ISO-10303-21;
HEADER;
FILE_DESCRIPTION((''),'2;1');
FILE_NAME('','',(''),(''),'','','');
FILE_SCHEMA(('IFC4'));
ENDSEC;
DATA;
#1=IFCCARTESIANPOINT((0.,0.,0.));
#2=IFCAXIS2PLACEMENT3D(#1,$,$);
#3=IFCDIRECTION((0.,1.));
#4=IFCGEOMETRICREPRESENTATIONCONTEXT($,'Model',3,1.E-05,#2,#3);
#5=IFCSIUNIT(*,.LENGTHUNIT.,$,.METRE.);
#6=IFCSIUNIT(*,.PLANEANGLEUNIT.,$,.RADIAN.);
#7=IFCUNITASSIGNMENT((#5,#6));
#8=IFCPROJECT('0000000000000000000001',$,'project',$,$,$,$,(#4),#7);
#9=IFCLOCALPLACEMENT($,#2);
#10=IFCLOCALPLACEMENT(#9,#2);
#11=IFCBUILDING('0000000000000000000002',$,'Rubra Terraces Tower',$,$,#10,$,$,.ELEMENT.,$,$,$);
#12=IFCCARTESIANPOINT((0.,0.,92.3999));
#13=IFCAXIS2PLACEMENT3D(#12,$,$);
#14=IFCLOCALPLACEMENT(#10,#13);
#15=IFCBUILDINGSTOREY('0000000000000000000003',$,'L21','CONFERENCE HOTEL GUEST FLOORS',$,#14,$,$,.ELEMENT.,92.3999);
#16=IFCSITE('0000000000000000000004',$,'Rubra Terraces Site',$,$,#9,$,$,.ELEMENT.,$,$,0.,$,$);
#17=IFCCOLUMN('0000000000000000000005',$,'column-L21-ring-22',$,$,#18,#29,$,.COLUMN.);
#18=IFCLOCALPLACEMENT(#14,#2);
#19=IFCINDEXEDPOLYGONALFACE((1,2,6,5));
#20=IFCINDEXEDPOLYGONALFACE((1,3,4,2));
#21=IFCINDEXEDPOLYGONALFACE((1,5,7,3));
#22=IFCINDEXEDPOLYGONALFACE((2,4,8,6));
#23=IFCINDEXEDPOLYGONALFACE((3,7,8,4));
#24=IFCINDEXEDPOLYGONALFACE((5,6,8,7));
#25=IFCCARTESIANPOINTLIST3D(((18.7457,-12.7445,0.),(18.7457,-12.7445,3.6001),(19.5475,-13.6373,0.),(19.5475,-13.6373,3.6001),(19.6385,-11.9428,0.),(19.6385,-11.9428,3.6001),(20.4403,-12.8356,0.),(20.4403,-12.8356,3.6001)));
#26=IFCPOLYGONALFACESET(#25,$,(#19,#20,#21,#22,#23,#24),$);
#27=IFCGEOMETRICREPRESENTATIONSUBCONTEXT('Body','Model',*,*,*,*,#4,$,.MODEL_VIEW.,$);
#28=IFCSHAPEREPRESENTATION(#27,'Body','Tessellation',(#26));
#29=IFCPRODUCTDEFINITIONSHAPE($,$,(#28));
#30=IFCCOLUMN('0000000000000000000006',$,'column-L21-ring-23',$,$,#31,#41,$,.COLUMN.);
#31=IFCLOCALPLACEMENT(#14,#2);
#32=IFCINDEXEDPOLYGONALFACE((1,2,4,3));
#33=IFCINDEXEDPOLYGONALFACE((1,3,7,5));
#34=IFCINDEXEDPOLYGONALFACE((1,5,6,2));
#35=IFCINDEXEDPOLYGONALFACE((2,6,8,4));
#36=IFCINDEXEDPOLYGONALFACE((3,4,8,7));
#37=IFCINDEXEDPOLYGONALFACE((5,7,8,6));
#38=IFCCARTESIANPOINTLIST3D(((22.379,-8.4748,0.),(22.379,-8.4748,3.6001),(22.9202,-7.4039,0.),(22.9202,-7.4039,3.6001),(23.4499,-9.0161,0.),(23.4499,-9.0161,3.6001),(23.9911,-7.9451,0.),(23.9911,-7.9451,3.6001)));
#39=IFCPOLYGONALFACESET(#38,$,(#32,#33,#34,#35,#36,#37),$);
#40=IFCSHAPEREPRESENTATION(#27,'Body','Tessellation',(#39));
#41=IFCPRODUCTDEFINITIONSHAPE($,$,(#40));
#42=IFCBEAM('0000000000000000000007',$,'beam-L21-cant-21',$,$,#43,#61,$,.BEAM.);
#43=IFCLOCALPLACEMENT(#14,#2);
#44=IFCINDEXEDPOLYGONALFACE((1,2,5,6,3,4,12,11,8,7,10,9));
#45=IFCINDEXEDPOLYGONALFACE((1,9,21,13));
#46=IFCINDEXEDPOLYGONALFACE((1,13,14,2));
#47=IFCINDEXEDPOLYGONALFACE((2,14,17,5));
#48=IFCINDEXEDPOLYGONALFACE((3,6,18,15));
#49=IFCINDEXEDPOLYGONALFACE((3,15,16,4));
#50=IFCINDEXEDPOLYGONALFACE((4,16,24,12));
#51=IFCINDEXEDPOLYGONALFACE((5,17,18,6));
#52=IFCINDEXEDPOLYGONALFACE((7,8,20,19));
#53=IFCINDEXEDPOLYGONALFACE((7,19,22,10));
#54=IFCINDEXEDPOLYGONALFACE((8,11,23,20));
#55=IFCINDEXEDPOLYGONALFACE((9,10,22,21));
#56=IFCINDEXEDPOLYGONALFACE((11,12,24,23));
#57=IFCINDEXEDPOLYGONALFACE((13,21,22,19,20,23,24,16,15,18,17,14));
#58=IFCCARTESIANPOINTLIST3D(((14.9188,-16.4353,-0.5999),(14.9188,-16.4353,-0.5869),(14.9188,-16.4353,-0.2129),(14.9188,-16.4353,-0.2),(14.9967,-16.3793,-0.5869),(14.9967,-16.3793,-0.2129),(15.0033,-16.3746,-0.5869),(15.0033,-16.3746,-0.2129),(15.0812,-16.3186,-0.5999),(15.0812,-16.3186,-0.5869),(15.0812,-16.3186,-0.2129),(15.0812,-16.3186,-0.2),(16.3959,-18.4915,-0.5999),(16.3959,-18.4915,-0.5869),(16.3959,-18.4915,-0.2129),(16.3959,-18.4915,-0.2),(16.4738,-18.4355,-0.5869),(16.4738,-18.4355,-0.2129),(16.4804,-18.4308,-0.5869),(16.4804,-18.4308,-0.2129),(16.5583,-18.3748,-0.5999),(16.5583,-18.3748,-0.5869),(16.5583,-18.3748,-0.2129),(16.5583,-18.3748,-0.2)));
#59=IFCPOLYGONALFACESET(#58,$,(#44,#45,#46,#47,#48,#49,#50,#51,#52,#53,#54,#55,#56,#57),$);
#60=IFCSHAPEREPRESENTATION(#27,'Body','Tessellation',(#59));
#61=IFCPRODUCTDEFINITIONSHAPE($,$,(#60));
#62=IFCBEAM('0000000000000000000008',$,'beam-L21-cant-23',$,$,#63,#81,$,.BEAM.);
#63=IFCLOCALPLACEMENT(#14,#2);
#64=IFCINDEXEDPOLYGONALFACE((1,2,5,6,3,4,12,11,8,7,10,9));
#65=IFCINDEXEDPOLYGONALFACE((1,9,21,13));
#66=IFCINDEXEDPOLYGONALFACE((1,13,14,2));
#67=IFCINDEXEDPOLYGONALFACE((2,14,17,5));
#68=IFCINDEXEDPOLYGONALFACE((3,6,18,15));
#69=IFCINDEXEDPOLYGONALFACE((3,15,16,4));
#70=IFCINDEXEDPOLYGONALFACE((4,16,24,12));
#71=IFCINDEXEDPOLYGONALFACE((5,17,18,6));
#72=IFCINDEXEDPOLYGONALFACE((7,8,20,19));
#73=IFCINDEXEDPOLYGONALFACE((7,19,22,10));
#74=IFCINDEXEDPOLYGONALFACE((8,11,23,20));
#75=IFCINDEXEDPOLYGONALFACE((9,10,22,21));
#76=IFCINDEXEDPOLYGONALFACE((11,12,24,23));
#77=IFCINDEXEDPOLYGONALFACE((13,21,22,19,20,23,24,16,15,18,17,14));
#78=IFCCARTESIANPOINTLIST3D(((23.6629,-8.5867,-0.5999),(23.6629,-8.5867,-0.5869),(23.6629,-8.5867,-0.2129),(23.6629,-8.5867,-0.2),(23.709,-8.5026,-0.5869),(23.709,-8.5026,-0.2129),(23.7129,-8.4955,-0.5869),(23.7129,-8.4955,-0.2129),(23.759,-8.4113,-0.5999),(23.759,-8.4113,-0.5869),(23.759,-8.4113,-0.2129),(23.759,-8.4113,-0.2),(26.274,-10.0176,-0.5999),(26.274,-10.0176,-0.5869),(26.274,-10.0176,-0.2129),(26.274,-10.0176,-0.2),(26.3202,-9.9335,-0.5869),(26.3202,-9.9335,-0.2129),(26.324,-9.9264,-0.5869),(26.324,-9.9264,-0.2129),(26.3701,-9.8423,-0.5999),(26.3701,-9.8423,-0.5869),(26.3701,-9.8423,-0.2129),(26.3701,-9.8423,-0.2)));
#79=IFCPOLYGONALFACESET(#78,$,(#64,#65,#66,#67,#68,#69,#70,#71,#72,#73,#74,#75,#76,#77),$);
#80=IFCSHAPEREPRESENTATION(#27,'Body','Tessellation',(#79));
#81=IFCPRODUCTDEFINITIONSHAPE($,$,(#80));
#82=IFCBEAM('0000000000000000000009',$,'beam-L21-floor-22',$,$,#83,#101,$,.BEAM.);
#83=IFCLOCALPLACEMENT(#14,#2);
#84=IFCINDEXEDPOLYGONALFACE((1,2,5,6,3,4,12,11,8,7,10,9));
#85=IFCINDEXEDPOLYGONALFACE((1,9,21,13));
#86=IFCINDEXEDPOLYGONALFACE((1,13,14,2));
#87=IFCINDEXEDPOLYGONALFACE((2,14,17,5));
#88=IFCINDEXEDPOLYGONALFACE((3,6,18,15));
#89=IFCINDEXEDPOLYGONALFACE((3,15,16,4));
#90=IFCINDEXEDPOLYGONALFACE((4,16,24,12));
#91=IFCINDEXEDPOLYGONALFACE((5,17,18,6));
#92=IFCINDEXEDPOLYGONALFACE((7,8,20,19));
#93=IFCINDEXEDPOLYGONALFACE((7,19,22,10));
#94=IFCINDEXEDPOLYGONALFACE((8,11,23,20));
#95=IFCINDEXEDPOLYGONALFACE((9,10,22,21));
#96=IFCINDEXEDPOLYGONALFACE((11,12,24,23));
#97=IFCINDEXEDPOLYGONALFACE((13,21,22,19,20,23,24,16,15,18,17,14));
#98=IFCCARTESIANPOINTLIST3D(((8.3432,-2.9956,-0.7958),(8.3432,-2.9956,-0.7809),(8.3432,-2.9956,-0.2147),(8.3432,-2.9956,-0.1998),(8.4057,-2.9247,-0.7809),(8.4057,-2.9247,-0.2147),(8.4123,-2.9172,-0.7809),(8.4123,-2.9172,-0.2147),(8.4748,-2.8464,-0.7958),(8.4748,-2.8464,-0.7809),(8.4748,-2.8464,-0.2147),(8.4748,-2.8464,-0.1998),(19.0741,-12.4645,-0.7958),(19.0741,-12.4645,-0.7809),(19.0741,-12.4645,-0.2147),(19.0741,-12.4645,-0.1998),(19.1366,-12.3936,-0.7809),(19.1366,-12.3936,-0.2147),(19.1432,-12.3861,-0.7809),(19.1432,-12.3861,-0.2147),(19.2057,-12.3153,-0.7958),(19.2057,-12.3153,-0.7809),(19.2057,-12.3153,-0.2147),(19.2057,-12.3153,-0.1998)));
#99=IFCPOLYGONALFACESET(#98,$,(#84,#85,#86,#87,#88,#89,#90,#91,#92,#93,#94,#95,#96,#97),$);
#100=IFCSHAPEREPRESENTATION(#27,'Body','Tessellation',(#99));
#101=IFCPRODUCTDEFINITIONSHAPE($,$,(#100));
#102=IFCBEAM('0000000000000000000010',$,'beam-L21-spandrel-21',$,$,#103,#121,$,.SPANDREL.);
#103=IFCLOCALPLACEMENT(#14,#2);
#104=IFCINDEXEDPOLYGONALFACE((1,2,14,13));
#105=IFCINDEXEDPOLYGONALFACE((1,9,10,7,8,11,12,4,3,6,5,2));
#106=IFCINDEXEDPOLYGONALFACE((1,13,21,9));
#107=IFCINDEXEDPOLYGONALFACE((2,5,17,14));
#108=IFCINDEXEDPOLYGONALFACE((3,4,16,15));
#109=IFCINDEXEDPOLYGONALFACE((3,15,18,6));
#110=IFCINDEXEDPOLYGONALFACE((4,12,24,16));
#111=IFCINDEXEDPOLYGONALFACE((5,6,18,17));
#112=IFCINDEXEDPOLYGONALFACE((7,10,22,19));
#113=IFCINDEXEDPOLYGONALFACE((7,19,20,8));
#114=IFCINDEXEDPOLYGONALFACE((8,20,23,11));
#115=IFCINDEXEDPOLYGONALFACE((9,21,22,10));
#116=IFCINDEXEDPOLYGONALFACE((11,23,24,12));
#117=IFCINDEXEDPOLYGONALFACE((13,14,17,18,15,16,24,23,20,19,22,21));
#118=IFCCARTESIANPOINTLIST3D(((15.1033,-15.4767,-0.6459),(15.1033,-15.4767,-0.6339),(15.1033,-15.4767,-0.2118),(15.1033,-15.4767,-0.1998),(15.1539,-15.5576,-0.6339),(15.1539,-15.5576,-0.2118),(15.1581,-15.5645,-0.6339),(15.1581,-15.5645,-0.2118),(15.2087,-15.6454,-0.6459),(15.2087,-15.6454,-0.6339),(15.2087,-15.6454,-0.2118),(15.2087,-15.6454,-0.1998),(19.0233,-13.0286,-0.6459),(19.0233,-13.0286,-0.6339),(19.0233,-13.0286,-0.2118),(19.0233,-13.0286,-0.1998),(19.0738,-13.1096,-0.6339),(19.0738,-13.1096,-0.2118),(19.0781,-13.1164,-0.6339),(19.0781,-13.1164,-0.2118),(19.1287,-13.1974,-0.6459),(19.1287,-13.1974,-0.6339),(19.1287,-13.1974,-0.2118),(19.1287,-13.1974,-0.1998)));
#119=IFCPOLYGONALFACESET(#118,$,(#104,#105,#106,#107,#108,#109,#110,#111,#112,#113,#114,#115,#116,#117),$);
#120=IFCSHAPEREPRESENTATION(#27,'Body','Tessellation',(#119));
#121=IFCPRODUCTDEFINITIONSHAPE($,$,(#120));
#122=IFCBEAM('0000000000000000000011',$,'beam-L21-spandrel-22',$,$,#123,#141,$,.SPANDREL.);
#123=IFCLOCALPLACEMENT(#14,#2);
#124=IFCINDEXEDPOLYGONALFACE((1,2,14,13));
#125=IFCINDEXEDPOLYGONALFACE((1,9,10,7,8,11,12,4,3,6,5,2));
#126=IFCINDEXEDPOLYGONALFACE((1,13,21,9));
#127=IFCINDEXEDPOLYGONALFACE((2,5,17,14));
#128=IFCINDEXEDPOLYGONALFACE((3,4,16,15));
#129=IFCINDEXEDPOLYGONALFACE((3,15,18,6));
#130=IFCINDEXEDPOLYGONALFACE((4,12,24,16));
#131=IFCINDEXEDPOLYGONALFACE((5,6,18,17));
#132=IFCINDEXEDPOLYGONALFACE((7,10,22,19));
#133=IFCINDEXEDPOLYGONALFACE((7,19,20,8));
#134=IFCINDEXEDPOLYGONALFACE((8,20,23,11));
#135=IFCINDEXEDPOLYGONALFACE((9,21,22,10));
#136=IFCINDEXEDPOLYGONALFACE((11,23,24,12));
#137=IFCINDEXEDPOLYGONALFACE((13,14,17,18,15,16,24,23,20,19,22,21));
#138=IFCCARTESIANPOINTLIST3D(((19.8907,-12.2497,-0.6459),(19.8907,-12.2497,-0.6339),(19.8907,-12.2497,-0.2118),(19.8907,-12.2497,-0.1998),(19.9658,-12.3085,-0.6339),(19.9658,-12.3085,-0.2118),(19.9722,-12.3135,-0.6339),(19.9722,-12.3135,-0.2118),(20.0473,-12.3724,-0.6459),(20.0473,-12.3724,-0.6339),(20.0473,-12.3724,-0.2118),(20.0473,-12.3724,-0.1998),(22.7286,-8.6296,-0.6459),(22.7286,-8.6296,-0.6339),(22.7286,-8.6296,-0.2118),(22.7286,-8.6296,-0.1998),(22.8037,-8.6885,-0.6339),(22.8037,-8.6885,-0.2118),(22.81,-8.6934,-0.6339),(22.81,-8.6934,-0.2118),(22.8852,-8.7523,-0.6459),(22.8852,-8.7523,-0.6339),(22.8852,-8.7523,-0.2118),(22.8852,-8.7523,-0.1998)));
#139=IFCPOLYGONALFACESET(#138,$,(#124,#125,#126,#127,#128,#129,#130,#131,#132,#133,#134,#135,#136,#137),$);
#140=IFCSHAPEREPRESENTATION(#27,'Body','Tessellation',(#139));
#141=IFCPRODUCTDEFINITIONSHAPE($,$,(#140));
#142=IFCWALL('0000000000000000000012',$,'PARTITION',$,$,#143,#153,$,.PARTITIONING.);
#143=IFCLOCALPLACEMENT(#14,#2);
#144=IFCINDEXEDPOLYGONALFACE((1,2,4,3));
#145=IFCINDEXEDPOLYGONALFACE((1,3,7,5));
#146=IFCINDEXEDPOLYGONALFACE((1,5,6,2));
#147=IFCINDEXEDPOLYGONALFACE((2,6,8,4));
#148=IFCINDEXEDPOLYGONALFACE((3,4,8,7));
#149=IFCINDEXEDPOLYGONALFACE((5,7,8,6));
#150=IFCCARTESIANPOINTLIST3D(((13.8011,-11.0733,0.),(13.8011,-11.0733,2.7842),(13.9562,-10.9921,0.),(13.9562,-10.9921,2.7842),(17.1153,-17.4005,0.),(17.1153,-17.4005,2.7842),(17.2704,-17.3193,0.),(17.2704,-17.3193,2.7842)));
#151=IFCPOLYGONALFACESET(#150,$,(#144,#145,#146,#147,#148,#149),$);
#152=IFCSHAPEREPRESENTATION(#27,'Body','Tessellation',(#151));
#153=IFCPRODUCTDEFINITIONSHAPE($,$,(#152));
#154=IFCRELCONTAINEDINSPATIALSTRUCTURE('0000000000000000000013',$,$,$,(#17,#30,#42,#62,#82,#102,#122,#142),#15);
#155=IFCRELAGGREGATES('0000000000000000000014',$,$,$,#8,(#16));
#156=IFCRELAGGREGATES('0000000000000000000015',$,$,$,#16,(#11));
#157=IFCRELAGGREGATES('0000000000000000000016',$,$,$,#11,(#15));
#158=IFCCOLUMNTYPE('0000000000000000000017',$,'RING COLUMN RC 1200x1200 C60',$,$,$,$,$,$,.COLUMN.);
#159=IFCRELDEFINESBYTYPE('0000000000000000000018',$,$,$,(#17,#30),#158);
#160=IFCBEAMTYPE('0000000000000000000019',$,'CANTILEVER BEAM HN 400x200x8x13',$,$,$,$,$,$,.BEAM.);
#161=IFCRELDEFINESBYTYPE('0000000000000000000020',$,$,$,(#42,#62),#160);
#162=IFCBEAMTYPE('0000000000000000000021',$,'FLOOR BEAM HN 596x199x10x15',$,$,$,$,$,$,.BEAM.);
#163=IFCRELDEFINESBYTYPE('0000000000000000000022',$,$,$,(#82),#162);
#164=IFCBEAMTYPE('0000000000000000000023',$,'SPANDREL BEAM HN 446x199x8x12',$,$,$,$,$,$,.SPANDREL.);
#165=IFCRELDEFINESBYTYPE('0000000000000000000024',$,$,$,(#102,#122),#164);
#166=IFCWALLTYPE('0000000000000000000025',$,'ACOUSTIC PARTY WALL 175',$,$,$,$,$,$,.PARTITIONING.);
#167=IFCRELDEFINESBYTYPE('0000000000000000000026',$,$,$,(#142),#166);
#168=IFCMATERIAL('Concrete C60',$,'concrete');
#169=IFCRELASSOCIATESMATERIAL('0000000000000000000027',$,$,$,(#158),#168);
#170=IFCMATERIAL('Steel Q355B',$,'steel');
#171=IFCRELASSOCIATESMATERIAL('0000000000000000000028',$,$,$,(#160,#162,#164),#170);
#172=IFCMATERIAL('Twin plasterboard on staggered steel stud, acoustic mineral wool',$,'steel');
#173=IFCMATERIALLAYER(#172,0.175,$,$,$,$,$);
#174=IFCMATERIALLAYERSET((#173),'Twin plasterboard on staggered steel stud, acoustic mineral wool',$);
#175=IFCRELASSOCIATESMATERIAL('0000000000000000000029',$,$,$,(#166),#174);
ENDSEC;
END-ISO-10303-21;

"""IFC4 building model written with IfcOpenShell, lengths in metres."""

from ifc_helpers import new_model, si_unit, direction, frame, frame_2d, origin, origin_2d, place, context, subcontext, project, spatial, rectangle, i_section, extrude, material, layer, layer_set, material_profile, profile_set, type_object, element, save


model = new_model("IFC4")

# Units and contexts
model_context = context("Model", 3, precision=1e-05, world=origin(), true_north=direction((0.0, 1.0)))
body_context = subcontext(model_context, "Body", "Model", "MODEL_VIEW")
ifc_project = project(units=[si_unit("LENGTHUNIT", "METRE"), si_unit("PLANEANGLEUNIT", "RADIAN")], contexts=[model_context])

# Site, building, storey
site_placement = place(None, origin())
site = spatial("IfcSite", under=ifc_project, at=site_placement, Name="Rubra Terraces Site", CompositionType="ELEMENT", RefElevation=0.0)
building_placement = place(site_placement, origin())
building = spatial("IfcBuilding", under=site, at=building_placement, Name="Rubra Terraces Tower", CompositionType="ELEMENT")
storey_placement = place(building_placement, frame((0.0, 0.0, 92.3999)))
storey = spatial("IfcBuildingStorey", under=building, at=storey_placement, Name="L21", Description="CONFERENCE HOTEL GUEST FLOORS", CompositionType="ELEMENT", Elevation=92.3999)

# Columns
ifc_material_1 = material(Name="Concrete C60", Category="concrete")
ifc_material_profile_1 = material_profile(ifc_material_1, rectangle(XDim=1.2, YDim=1.2, at=origin_2d()), Name="RC 1200x1200")
ifc_profile_set_1 = profile_set([ifc_material_profile_1], Name="Concrete C60")
column_type = type_object("IfcColumnType", Name="RING COLUMN RC 1200x1200 C60", PredefinedType="COLUMN", material=ifc_profile_set_1)
for number, where, z_axis, x_axis, name in (
    (1, (19.593, -12.79, 0.0), (0.0, 0.0, 1.0), (0.744021, 0.668156, 0.0), "column-L21-ring-22"),
    (2, (23.1851, -8.21, 0.0), (0.0, 0.0, 1.0), (0.451028, 0.89251, 0.0), "column-L21-ring-23"),
):
    element("IfcColumn", number, at=place(storey_placement, frame(where, z_axis=z_axis, x_axis=x_axis)), inside=storey, type_object=column_type, Name=name, PredefinedType="COLUMN", context=body_context, shape_type="SweptSolid", body=[
        extrude(rectangle(XDim=1.2, YDim=1.2, at=origin_2d()), origin(), (0.0, 0.0, 1.0), 3.6001),
    ])

# Beams
ifc_material_2 = material(Name="Steel Q355B", Category="steel")
ifc_material_profile_2 = material_profile(ifc_material_2, i_section(OverallWidth=0.2, OverallDepth=0.3999, WebThickness=0.0081, FlangeThickness=0.0129, at=origin_2d()), Name="HN 400x200x8x13")
ifc_profile_set_2 = profile_set([ifc_material_profile_2], Name="Steel Q355B")
beam_type_1 = type_object("IfcBeamType", Name="CANTILEVER BEAM HN 400x200x8x13", PredefinedType="BEAM", material=ifc_profile_set_2)
beam_1_placement = place(storey_placement, frame((15.0, -16.377, -0.3999), z_axis=(0.583425, -0.812167, 0.0), x_axis=(0.812167, 0.583425, 0.0)))
element("IfcBeam", 3, at=beam_1_placement, inside=storey, type_object=beam_type_1, Name="beam-L21-cant-21", PredefinedType="BEAM", context=body_context, shape_type="SweptSolid", body=[
    extrude(i_section(OverallWidth=0.2, OverallDepth=0.3999, WebThickness=0.0081, FlangeThickness=0.0129, at=origin_2d()), origin(), (0.0, 0.0, 1.0), 2.5317),
])
beam_2_placement = place(storey_placement, frame((23.7109, -8.499, -0.3999), z_axis=(0.876951, -0.48058, 0.0), x_axis=(0.48058, 0.876951, 0.0)))
element("IfcBeam", 4, at=beam_2_placement, inside=storey, type_object=beam_type_1, Name="beam-L21-cant-23", PredefinedType="BEAM", context=body_context, shape_type="SweptSolid", body=[
    extrude(i_section(OverallWidth=0.2, OverallDepth=0.3999, WebThickness=0.0081, FlangeThickness=0.0129, at=origin_2d()), origin(), (0.0, 0.0, 1.0), 2.9775),
])
ifc_material_profile_3 = material_profile(ifc_material_2, i_section(OverallWidth=0.199, OverallDepth=0.5959, WebThickness=0.01, FlangeThickness=0.0149, at=origin_2d()), Name="HN 596x199x10x15")
ifc_profile_set_3 = profile_set([ifc_material_profile_3], Name="Steel Q355B")
beam_type_2 = type_object("IfcBeamType", Name="FLOOR BEAM HN 596x199x10x15", PredefinedType="BEAM", material=ifc_profile_set_3)
beam_3_placement = place(storey_placement, frame((19.1399, -12.3899, -0.4978), z_axis=(-0.74982, 0.661641, 0.0), x_axis=(-0.661641, -0.74982, 0.0)))
element("IfcBeam", 5, at=beam_3_placement, inside=storey, type_object=beam_type_2, Name="beam-L21-floor-22", PredefinedType="BEAM", context=body_context, shape_type="SweptSolid", body=[
    extrude(i_section(OverallWidth=0.199, OverallDepth=0.5959, WebThickness=0.01, FlangeThickness=0.0149, at=origin_2d()), origin(), (0.0, 0.0, 1.0), 14.3113),
])
ifc_material_profile_4 = material_profile(ifc_material_2, i_section(OverallWidth=0.199, OverallDepth=0.446, WebThickness=0.0081, FlangeThickness=0.012, at=origin_2d()), Name="HN 446x199x8x12")
ifc_profile_set_4 = profile_set([ifc_material_profile_4], Name="Steel Q355B")
beam_type_3 = type_object("IfcBeamType", Name="SPANDREL BEAM HN 446x199x8x12", PredefinedType="SPANDREL", material=ifc_profile_set_4)
beam_4_placement = place(storey_placement, frame((15.156, -15.561, -0.4229), z_axis=(0.848188, 0.529695, 0.0), x_axis=(-0.529695, 0.848188, 0.0)))
element("IfcBeam", 6, at=beam_4_placement, inside=storey, type_object=beam_type_3, Name="beam-L21-spandrel-21", PredefinedType="SPANDREL", context=body_context, shape_type="SweptSolid", body=[
    extrude(i_section(OverallWidth=0.199, OverallDepth=0.446, WebThickness=0.0081, FlangeThickness=0.012, at=origin_2d()), origin(), (0.0, 0.0, 1.0), 4.6216),
])
beam_5_placement = place(storey_placement, frame((19.969, -12.311, -0.4229), z_axis=(0.616949, 0.787003, 0.0), x_axis=(-0.787003, 0.616949, 0.0)))
element("IfcBeam", 7, at=beam_5_placement, inside=storey, type_object=beam_type_3, Name="beam-L21-spandrel-22", PredefinedType="SPANDREL", context=body_context, shape_type="SweptSolid", body=[
    extrude(i_section(OverallWidth=0.199, OverallDepth=0.446, WebThickness=0.0081, FlangeThickness=0.012, at=origin_2d()), origin(), (0.0, 0.0, 1.0), 4.5999),
])

# Wall
ifc_material_3 = material(Name="Twin plasterboard on staggered steel stud, acoustic mineral wool", Category="steel")
ifc_layer_1 = layer(ifc_material_3, 0.175)
ifc_layer_set_1 = layer_set([ifc_layer_1], Name="Twin plasterboard on staggered steel stud, acoustic mineral wool")
wall_type_1 = type_object("IfcWallType", Name="ACOUSTIC PARTY WALL 175", PredefinedType="PARTITIONING", material=ifc_layer_set_1)
wall_1_placement = place(storey_placement, frame((17.1929, -17.3599, 0.0), z_axis=(0.0, 0.0, 1.0), x_axis=(-0.464006, 0.885832, 0.0)))
element("IfcWall", 8, at=wall_1_placement, inside=storey, type_object=wall_type_1, Name="PARTITION", PredefinedType="PARTITIONING", context=body_context, shape_type="SweptSolid", body=[
    extrude(rectangle(XDim=7.1426, YDim=0.175, at=frame_2d((3.5713, 0.0))), origin(), (0.0, 0.0, 1.0), 2.7842),
])

save(model, "model.ifc")
